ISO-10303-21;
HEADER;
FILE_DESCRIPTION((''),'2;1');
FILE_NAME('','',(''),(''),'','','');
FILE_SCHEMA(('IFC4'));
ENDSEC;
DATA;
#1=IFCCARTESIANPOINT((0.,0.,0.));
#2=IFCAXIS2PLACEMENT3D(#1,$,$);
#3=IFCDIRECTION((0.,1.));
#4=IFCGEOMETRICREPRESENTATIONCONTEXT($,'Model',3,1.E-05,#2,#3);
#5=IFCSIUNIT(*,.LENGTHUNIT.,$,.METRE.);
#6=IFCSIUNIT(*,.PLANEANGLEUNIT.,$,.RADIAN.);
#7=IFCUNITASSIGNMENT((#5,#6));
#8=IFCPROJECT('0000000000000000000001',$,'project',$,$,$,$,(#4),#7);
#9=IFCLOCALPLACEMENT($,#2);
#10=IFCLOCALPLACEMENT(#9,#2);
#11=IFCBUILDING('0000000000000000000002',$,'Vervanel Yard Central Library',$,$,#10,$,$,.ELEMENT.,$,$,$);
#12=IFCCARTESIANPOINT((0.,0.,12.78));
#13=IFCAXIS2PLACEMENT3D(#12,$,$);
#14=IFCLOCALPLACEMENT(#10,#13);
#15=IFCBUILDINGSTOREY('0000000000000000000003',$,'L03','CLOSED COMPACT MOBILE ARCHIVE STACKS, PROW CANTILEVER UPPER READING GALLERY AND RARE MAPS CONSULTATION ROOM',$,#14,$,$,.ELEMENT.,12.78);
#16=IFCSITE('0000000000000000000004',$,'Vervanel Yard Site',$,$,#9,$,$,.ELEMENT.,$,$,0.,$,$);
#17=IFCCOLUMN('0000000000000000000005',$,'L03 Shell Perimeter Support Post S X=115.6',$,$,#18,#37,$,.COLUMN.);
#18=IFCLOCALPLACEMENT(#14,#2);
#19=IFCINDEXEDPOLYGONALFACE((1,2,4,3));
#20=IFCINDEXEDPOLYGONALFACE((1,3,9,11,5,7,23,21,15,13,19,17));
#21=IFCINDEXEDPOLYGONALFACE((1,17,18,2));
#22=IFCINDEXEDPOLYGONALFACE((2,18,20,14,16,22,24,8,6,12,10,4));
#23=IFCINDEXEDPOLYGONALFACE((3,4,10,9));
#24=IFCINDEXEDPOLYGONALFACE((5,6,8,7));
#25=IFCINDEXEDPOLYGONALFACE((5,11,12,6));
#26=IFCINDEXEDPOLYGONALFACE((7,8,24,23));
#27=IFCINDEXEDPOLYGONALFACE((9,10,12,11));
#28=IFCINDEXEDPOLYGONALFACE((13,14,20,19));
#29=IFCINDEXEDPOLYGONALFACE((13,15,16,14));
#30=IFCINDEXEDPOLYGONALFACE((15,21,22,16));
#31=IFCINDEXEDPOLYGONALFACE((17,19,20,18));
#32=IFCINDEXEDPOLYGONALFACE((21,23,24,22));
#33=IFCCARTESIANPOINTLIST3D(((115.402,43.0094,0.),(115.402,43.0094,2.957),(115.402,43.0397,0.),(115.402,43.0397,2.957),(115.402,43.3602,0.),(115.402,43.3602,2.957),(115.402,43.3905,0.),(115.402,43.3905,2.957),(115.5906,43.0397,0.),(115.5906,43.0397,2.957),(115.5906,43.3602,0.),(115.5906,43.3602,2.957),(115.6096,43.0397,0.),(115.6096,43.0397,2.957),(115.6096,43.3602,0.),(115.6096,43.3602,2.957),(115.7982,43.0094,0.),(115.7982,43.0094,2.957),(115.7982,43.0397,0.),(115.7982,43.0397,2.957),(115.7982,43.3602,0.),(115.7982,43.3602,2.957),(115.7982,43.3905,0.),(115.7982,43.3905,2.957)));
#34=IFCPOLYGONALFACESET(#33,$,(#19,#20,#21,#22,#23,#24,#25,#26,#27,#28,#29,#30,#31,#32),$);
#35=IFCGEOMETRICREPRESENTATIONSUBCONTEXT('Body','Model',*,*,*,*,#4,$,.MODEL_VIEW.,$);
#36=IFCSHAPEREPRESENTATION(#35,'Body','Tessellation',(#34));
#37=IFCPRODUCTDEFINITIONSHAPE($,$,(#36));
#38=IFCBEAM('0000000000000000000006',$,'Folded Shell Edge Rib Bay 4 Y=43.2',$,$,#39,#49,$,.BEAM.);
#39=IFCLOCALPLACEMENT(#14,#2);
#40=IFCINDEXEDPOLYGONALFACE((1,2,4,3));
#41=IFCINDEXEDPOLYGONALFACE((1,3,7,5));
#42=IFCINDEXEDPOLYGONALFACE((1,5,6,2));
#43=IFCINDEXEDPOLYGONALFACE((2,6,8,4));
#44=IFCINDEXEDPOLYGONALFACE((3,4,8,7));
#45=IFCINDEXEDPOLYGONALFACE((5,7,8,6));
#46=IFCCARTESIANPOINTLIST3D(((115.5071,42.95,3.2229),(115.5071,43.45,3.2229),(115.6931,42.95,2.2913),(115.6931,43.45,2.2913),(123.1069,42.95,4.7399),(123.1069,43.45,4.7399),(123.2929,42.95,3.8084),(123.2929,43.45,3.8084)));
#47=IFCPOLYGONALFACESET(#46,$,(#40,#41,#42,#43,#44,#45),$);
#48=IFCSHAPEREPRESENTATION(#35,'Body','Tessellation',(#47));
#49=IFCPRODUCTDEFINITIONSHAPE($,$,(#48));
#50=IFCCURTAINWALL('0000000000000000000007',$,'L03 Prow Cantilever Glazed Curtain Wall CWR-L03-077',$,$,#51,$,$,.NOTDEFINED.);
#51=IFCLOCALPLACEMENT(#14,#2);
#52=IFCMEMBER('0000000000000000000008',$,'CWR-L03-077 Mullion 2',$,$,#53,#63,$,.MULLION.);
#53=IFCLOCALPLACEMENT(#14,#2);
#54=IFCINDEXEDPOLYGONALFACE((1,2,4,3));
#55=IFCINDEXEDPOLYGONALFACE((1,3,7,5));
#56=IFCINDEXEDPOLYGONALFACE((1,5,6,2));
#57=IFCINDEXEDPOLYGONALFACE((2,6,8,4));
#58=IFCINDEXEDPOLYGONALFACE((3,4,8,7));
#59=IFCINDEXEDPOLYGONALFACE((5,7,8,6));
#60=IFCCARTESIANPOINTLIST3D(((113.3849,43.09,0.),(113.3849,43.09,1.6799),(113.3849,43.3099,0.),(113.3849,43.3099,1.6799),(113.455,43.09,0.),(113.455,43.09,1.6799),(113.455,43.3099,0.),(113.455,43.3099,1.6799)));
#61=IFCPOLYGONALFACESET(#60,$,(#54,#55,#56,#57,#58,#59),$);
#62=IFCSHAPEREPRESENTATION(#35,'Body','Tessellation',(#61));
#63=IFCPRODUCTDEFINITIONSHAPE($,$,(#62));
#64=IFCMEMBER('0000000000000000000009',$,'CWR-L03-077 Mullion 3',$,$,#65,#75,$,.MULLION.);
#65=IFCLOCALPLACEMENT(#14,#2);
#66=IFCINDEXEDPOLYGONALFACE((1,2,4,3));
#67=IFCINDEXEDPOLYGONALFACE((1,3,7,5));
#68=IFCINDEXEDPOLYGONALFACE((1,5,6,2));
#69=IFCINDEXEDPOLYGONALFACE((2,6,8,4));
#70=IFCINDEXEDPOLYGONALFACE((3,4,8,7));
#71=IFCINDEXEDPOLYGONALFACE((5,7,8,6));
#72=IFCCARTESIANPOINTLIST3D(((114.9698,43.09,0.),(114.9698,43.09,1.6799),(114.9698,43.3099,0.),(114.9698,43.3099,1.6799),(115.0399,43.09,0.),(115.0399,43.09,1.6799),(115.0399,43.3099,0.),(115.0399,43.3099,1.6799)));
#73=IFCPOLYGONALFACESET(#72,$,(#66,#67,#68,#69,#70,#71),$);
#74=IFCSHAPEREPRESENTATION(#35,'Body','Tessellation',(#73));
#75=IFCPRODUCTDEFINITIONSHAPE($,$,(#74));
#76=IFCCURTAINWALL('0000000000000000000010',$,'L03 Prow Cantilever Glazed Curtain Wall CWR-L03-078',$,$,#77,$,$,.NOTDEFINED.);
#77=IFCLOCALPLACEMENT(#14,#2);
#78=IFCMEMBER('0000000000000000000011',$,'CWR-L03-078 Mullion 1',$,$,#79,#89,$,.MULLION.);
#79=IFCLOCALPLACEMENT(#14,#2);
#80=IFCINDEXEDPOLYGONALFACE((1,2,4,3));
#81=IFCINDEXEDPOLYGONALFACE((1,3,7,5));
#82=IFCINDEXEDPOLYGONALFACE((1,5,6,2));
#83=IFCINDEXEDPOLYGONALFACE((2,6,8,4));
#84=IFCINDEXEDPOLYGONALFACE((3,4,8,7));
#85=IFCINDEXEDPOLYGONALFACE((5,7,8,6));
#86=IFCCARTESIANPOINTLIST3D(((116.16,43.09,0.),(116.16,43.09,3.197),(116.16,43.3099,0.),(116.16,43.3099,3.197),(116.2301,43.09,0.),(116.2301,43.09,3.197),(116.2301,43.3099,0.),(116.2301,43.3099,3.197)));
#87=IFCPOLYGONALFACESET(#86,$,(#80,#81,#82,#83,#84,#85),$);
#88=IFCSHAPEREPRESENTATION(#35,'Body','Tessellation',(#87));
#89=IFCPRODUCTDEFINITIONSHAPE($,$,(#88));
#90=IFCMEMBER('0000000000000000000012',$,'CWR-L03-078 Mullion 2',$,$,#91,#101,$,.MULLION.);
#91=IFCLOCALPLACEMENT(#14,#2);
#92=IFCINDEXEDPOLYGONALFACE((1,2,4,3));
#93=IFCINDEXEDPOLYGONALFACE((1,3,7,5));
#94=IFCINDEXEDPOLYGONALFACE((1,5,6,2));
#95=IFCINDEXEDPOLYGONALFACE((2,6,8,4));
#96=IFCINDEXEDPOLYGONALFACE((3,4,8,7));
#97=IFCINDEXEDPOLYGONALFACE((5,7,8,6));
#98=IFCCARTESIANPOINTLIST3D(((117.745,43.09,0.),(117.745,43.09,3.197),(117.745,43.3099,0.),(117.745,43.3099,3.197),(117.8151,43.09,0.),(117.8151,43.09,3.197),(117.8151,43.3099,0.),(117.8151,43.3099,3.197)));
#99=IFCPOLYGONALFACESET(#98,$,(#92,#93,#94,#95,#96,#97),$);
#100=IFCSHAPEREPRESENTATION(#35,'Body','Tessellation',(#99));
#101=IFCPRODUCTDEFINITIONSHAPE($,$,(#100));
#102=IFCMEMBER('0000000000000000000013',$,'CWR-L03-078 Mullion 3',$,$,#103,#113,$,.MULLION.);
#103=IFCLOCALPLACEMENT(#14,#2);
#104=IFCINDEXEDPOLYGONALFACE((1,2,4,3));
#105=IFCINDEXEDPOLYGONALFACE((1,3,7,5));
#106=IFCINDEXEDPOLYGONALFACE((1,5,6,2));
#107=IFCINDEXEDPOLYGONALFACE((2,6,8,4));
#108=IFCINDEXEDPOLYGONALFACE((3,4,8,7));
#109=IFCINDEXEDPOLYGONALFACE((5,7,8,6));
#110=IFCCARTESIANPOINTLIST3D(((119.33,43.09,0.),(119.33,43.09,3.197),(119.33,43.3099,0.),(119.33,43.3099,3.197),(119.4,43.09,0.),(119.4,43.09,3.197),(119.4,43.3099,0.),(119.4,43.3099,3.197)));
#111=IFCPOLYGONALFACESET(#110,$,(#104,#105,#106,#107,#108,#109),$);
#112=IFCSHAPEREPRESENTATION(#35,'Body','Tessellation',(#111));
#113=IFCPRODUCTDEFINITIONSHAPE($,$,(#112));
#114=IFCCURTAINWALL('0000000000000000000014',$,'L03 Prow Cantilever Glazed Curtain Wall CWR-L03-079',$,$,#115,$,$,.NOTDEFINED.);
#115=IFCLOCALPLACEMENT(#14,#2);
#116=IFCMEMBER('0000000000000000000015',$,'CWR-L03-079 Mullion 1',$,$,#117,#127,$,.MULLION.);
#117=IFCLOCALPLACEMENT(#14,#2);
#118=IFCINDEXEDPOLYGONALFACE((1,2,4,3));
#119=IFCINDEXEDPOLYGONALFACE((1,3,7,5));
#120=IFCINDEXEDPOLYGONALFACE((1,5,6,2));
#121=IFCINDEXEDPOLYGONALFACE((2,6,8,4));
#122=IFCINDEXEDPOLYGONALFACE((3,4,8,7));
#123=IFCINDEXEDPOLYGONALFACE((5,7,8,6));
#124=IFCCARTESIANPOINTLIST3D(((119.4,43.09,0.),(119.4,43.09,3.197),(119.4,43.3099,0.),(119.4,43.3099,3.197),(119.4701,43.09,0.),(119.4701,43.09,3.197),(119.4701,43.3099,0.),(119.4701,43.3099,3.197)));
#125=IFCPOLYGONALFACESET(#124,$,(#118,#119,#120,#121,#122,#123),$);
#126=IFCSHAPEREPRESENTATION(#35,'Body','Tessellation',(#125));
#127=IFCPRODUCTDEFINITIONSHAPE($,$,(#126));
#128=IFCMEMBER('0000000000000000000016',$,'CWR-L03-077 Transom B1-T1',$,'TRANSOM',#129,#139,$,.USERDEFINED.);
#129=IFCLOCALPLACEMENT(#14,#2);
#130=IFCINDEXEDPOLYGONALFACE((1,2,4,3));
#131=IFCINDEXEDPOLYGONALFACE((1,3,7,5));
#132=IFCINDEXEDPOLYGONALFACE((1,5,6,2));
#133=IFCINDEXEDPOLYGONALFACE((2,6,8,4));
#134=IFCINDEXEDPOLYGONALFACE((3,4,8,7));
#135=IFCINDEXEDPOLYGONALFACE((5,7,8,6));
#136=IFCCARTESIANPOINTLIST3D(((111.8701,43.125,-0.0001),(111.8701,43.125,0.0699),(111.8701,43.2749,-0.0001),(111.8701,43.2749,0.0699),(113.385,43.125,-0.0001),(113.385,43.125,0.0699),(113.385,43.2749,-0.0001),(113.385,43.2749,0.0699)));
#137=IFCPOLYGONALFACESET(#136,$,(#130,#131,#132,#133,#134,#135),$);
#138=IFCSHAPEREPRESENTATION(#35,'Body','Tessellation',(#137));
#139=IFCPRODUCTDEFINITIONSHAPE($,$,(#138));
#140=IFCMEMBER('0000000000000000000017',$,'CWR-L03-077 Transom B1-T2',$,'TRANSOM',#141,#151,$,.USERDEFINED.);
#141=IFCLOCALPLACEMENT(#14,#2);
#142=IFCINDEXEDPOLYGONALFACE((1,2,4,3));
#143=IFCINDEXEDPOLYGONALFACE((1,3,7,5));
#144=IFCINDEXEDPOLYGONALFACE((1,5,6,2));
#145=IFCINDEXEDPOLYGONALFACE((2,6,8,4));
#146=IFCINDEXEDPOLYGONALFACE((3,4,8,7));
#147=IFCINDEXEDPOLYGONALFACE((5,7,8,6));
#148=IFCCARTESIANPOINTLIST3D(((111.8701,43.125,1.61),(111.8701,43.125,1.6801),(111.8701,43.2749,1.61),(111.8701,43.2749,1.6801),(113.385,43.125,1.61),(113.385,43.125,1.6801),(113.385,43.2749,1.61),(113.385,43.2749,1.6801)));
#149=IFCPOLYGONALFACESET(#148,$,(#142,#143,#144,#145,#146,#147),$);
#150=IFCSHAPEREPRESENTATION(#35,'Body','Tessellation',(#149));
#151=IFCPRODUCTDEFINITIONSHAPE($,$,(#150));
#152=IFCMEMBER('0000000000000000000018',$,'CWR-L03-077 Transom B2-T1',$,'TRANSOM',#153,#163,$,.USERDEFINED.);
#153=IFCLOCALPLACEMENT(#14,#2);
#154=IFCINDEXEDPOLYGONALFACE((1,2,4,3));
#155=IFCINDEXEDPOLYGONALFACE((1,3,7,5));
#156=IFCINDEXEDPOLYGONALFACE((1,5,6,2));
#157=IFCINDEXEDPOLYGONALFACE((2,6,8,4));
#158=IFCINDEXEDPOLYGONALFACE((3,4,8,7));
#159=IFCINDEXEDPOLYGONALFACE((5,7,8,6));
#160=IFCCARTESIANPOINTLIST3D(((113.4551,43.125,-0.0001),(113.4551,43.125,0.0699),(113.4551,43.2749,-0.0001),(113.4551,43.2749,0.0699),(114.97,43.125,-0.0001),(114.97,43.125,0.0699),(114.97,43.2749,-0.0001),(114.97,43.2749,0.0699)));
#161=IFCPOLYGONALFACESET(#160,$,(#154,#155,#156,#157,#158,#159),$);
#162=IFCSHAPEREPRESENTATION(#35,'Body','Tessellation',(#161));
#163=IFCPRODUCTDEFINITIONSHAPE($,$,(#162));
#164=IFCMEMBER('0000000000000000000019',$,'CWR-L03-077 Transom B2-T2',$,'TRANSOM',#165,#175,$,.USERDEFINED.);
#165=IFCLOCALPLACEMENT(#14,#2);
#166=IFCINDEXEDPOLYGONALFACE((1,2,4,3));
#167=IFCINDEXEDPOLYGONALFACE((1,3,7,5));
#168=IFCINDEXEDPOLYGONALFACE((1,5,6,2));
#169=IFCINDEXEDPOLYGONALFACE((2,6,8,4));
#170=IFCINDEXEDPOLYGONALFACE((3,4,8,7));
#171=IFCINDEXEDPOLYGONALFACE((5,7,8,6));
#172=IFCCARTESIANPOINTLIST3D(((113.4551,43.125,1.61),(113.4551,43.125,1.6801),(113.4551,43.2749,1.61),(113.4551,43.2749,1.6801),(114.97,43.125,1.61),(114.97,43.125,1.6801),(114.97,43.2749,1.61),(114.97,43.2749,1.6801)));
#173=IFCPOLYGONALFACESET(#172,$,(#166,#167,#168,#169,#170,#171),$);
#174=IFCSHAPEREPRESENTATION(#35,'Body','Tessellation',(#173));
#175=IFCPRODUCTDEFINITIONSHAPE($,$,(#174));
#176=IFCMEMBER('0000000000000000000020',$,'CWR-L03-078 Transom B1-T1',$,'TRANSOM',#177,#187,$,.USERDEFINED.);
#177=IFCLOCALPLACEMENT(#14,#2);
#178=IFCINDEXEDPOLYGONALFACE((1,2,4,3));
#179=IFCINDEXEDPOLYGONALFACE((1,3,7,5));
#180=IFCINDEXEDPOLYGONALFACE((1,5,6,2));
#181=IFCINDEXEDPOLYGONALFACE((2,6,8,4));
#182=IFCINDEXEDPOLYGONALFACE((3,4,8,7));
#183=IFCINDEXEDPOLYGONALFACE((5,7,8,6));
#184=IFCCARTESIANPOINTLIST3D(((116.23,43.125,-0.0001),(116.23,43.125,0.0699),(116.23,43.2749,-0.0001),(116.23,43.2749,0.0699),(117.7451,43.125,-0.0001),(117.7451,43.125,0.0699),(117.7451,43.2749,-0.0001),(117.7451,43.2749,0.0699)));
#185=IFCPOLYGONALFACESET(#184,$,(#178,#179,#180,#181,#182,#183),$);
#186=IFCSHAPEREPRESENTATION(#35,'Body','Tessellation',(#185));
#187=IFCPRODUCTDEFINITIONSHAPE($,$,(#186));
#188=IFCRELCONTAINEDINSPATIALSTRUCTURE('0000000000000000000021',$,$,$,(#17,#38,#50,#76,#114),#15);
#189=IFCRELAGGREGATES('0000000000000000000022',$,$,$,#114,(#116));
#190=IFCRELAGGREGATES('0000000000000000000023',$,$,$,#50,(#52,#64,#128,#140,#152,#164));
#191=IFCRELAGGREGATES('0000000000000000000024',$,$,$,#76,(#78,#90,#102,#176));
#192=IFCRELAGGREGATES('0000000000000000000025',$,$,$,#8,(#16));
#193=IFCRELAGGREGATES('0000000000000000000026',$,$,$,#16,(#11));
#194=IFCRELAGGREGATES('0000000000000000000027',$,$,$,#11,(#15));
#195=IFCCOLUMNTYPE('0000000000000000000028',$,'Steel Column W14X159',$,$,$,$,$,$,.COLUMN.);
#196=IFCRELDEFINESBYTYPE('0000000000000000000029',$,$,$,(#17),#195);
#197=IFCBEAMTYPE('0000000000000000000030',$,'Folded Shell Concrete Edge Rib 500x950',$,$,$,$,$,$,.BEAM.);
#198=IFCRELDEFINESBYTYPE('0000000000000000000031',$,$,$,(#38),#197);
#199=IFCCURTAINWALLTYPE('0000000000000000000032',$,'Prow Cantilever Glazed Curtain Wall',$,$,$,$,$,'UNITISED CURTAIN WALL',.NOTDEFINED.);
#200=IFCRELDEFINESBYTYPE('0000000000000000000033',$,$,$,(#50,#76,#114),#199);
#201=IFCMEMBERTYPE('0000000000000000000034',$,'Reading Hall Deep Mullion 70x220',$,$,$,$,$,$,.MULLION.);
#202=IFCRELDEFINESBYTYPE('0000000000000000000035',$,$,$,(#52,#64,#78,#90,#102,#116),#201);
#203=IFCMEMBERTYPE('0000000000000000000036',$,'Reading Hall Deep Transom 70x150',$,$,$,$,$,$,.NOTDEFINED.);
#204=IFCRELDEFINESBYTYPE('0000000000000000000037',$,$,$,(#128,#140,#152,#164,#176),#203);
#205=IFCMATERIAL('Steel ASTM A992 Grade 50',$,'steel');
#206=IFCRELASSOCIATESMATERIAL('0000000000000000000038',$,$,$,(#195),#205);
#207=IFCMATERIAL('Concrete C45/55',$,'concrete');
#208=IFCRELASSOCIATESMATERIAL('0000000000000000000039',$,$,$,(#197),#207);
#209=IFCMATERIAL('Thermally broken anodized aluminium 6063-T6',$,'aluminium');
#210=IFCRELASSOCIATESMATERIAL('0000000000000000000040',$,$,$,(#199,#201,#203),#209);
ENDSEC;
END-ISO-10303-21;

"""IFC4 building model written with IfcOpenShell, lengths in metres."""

from ifc_helpers import new_model, si_unit, direction, frame, origin, origin_2d, place, context, subcontext, project, spatial, rectangle, i_section, extrude, material, material_profile, profile_set, type_object, element, aggregate, save


model = new_model("IFC4")

# Units and contexts
model_context = context("Model", 3, precision=1e-05, world=origin(), true_north=direction((0.0, 1.0)))
body_context = subcontext(model_context, "Body", "Model", "MODEL_VIEW")
ifc_project = project(units=[si_unit("LENGTHUNIT", "METRE"), si_unit("PLANEANGLEUNIT", "RADIAN")], contexts=[model_context])

# Site, building, storey
site_placement = place(None, origin())
site = spatial("IfcSite", under=ifc_project, at=site_placement, Name="Vervanel Yard Site", CompositionType="ELEMENT", RefElevation=0.0)
building_placement = place(site_placement, origin())
building = spatial("IfcBuilding", under=site, at=building_placement, Name="Vervanel Yard Central Library", CompositionType="ELEMENT")
storey_placement = place(building_placement, frame((0.0, 0.0, 12.78)))
storey = spatial("IfcBuildingStorey", under=building, at=storey_placement, Name="L03", Description="CLOSED COMPACT MOBILE ARCHIVE STACKS, PROW CANTILEVER UPPER READING GALLERY AND RARE MAPS CONSULTATION ROOM", CompositionType="ELEMENT", Elevation=12.78)

# Column
ifc_material_1 = material(Name="Steel ASTM A992 Grade 50", Category="steel")
ifc_material_profile_1 = material_profile(ifc_material_1, i_section(OverallWidth=0.3962, OverallDepth=0.3811, WebThickness=0.019, FlangeThickness=0.0303, at=origin_2d()), Name="W14X159", Category="steel")
ifc_profile_set_1 = profile_set([ifc_material_profile_1], Name="Steel ASTM A992 Grade 50")
column_type = type_object("IfcColumnType", Name="Steel Column W14X159", PredefinedType="COLUMN", material=ifc_profile_set_1)
column_placement = place(storey_placement, frame((115.6001, 43.2, 0.0), z_axis=(0.0, 0.0, 1.0), x_axis=(1.0, 0.0, 0.0)))
element("IfcColumn", 1, at=column_placement, inside=storey, type_object=column_type, Name="L03 Shell Perimeter Support Post S X=115.6", PredefinedType="COLUMN", context=body_context, shape_type="SweptSolid", body=[
    extrude(i_section(OverallWidth=0.3962, OverallDepth=0.3811, WebThickness=0.019, FlangeThickness=0.0303, at=origin_2d()), origin(), (0.0, 0.0, 1.0), 2.957),
])

# Beam
ifc_material_2 = material(Name="Concrete C45/55", Category="concrete")
ifc_material_profile_2 = material_profile(ifc_material_2, rectangle(XDim=0.5, YDim=0.95, at=origin_2d()), Name="RC 500x950", Category="concrete")
ifc_profile_set_2 = profile_set([ifc_material_profile_2], Name="Concrete C45/55")
beam_type = type_object("IfcBeamType", Name="Folded Shell Concrete Edge Rib 500x950", PredefinedType="BEAM", material=ifc_profile_set_2)
beam_placement = place(storey_placement, frame((115.6001, 43.2, 2.7571), z_axis=(0.980652, 0.0, 0.195759), x_axis=(0.0, 1.0, 0.0)))
element("IfcBeam", 2, at=beam_placement, inside=storey, type_object=beam_type, Name="Folded Shell Edge Rib Bay 4 Y=43.2", PredefinedType="BEAM", context=body_context, shape_type="SweptSolid", body=[
    extrude(rectangle(XDim=0.5, YDim=0.95, at=origin_2d()), origin(), (0.0, 0.0, 1.0), 7.7498),
])

# Curtain walls, members
ifc_material_3 = material(Name="Thermally broken anodized aluminium 6063-T6", Category="aluminium")
curtain_wall_type = type_object("IfcCurtainWallType", Name="Prow Cantilever Glazed Curtain Wall", ElementType="UNITISED CURTAIN WALL", PredefinedType="NOTDEFINED", material=ifc_material_3)
curtain_wall_1_placement = place(storey_placement, origin())
curtain_wall_1 = element("IfcCurtainWall", 3, at=curtain_wall_1_placement, inside=storey, type_object=curtain_wall_type, Name="L03 Prow Cantilever Glazed Curtain Wall CWR-L03-077", PredefinedType="NOTDEFINED")
ifc_material_profile_3 = material_profile(ifc_material_3, rectangle(XDim=0.0701, YDim=0.22, at=origin_2d()), Name="ALU 70x220", Category="aluminium")
ifc_profile_set_3 = profile_set([ifc_material_profile_3], Name="Thermally broken anodized aluminium 6063-T6")
member_type_1 = type_object("IfcMemberType", Name="Reading Hall Deep Mullion 70x220", PredefinedType="MULLION", material=ifc_profile_set_3)
member_1_placement = place(storey_placement, frame((113.4199, 43.2, 0.0), z_axis=(0.0, 0.0, 1.0), x_axis=(1.0, 0.0, 0.0)))
member_1 = element("IfcMember", 4, at=member_1_placement, type_object=member_type_1, Name="CWR-L03-077 Mullion 2", PredefinedType="MULLION", context=body_context, shape_type="SweptSolid", body=[
    extrude(rectangle(XDim=0.0701, YDim=0.22, at=origin_2d()), origin(), (0.0, 0.0, 1.0), 1.6799),
])
member_2_placement = place(storey_placement, frame((115.0049, 43.2, 0.0), z_axis=(0.0, 0.0, 1.0), x_axis=(1.0, 0.0, 0.0)))
member_2 = element("IfcMember", 5, at=member_2_placement, type_object=member_type_1, Name="CWR-L03-077 Mullion 3", PredefinedType="MULLION", context=body_context, shape_type="SweptSolid", body=[
    extrude(rectangle(XDim=0.0701, YDim=0.22, at=origin_2d()), origin(), (0.0, 0.0, 1.0), 1.6799),
])
curtain_wall_2_placement = place(storey_placement, origin())
curtain_wall_2 = element("IfcCurtainWall", 6, at=curtain_wall_2_placement, inside=storey, type_object=curtain_wall_type, Name="L03 Prow Cantilever Glazed Curtain Wall CWR-L03-078", PredefinedType="NOTDEFINED")
member_3_placement = place(storey_placement, frame((116.1951, 43.2, 0.0), z_axis=(0.0, 0.0, 1.0), x_axis=(1.0, 0.0, 0.0)))
member_3 = element("IfcMember", 7, at=member_3_placement, type_object=member_type_1, Name="CWR-L03-078 Mullion 1", PredefinedType="MULLION", context=body_context, shape_type="SweptSolid", body=[
    extrude(rectangle(XDim=0.0701, YDim=0.22, at=origin_2d()), origin(), (0.0, 0.0, 1.0), 3.197),
])
member_4_placement = place(storey_placement, frame((117.78, 43.2, 0.0), z_axis=(0.0, 0.0, 1.0), x_axis=(1.0, 0.0, 0.0)))
member_4 = element("IfcMember", 8, at=member_4_placement, type_object=member_type_1, Name="CWR-L03-078 Mullion 2", PredefinedType="MULLION", context=body_context, shape_type="SweptSolid", body=[
    extrude(rectangle(XDim=0.0701, YDim=0.22, at=origin_2d()), origin(), (0.0, 0.0, 1.0), 3.197),
])
member_5_placement = place(storey_placement, frame((119.365, 43.2, 0.0), z_axis=(0.0, 0.0, 1.0), x_axis=(1.0, 0.0, 0.0)))
member_5 = element("IfcMember", 9, at=member_5_placement, type_object=member_type_1, Name="CWR-L03-078 Mullion 3", PredefinedType="MULLION", context=body_context, shape_type="SweptSolid", body=[
    extrude(rectangle(XDim=0.0701, YDim=0.22, at=origin_2d()), origin(), (0.0, 0.0, 1.0), 3.197),
])

# Curtain wall, member
curtain_wall_3_placement = place(storey_placement, origin())
curtain_wall_3 = element("IfcCurtainWall", 10, at=curtain_wall_3_placement, inside=storey, type_object=curtain_wall_type, Name="L03 Prow Cantilever Glazed Curtain Wall CWR-L03-079", PredefinedType="NOTDEFINED")
member_6_placement = place(storey_placement, frame((119.4351, 43.2, 0.0), z_axis=(0.0, 0.0, 1.0), x_axis=(1.0, 0.0, 0.0)))
member_6 = element("IfcMember", 11, at=member_6_placement, type_object=member_type_1, Name="CWR-L03-079 Mullion 1", PredefinedType="MULLION", context=body_context, shape_type="SweptSolid", body=[
    extrude(rectangle(XDim=0.0701, YDim=0.22, at=origin_2d()), origin(), (0.0, 0.0, 1.0), 3.197),
])

# Members
ifc_material_profile_4 = material_profile(ifc_material_3, rectangle(XDim=0.0701, YDim=0.1499, at=origin_2d()), Name="ALU 70x150", Category="aluminium")
ifc_profile_set_4 = profile_set([ifc_material_profile_4], Name="Thermally broken anodized aluminium 6063-T6")
member_type_2 = type_object("IfcMemberType", Name="Reading Hall Deep Transom 70x150", PredefinedType="NOTDEFINED", material=ifc_profile_set_4)
member_7_placement = place(storey_placement, frame((111.8701, 43.2, 0.0349), z_axis=(1.0, 0.0, 0.0), x_axis=(0.0, 0.0, 1.0)))
member_7 = element("IfcMember", 12, at=member_7_placement, type_object=member_type_2, Name="CWR-L03-077 Transom B1-T1", ObjectType="TRANSOM", PredefinedType="USERDEFINED", context=body_context, shape_type="SweptSolid", body=[
    extrude(rectangle(XDim=0.0701, YDim=0.1499, at=origin_2d()), origin(), (0.0, 0.0, 1.0), 1.5149),
])
member_8_placement = place(storey_placement, frame((111.8701, 43.2, 1.645), z_axis=(1.0, 0.0, 0.0), x_axis=(0.0, 0.0, 1.0)))
member_8 = element("IfcMember", 13, at=member_8_placement, type_object=member_type_2, Name="CWR-L03-077 Transom B1-T2", ObjectType="TRANSOM", PredefinedType="USERDEFINED", context=body_context, shape_type="SweptSolid", body=[
    extrude(rectangle(XDim=0.0701, YDim=0.1499, at=origin_2d()), origin(), (0.0, 0.0, 1.0), 1.5149),
])
member_9_placement = place(storey_placement, frame((113.4551, 43.2, 0.0349), z_axis=(1.0, 0.0, 0.0), x_axis=(0.0, 0.0, 1.0)))
member_9 = element("IfcMember", 14, at=member_9_placement, type_object=member_type_2, Name="CWR-L03-077 Transom B2-T1", ObjectType="TRANSOM", PredefinedType="USERDEFINED", context=body_context, shape_type="SweptSolid", body=[
    extrude(rectangle(XDim=0.0701, YDim=0.1499, at=origin_2d()), origin(), (0.0, 0.0, 1.0), 1.5149),
])
member_10_placement = place(storey_placement, frame((113.4551, 43.2, 1.645), z_axis=(1.0, 0.0, 0.0), x_axis=(0.0, 0.0, 1.0)))
member_10 = element("IfcMember", 15, at=member_10_placement, type_object=member_type_2, Name="CWR-L03-077 Transom B2-T2", ObjectType="TRANSOM", PredefinedType="USERDEFINED", context=body_context, shape_type="SweptSolid", body=[
    extrude(rectangle(XDim=0.0701, YDim=0.1499, at=origin_2d()), origin(), (0.0, 0.0, 1.0), 1.5149),
])
member_11_placement = place(storey_placement, frame((116.23, 43.2, 0.0349), z_axis=(1.0, 0.0, 0.0), x_axis=(0.0, 0.0, 1.0)))
member_11 = element("IfcMember", 16, at=member_11_placement, type_object=member_type_2, Name="CWR-L03-078 Transom B1-T1", ObjectType="TRANSOM", PredefinedType="USERDEFINED", context=body_context, shape_type="SweptSolid", body=[
    extrude(rectangle(XDim=0.0701, YDim=0.1499, at=origin_2d()), origin(), (0.0, 0.0, 1.0), 1.5151),
])
aggregate(curtain_wall_3, [member_6])

aggregate(curtain_wall_1, [member_1, member_2, member_7, member_8, member_9, member_10])
aggregate(curtain_wall_2, [member_3, member_4, member_5, member_11])

save(model, "model.ifc")
